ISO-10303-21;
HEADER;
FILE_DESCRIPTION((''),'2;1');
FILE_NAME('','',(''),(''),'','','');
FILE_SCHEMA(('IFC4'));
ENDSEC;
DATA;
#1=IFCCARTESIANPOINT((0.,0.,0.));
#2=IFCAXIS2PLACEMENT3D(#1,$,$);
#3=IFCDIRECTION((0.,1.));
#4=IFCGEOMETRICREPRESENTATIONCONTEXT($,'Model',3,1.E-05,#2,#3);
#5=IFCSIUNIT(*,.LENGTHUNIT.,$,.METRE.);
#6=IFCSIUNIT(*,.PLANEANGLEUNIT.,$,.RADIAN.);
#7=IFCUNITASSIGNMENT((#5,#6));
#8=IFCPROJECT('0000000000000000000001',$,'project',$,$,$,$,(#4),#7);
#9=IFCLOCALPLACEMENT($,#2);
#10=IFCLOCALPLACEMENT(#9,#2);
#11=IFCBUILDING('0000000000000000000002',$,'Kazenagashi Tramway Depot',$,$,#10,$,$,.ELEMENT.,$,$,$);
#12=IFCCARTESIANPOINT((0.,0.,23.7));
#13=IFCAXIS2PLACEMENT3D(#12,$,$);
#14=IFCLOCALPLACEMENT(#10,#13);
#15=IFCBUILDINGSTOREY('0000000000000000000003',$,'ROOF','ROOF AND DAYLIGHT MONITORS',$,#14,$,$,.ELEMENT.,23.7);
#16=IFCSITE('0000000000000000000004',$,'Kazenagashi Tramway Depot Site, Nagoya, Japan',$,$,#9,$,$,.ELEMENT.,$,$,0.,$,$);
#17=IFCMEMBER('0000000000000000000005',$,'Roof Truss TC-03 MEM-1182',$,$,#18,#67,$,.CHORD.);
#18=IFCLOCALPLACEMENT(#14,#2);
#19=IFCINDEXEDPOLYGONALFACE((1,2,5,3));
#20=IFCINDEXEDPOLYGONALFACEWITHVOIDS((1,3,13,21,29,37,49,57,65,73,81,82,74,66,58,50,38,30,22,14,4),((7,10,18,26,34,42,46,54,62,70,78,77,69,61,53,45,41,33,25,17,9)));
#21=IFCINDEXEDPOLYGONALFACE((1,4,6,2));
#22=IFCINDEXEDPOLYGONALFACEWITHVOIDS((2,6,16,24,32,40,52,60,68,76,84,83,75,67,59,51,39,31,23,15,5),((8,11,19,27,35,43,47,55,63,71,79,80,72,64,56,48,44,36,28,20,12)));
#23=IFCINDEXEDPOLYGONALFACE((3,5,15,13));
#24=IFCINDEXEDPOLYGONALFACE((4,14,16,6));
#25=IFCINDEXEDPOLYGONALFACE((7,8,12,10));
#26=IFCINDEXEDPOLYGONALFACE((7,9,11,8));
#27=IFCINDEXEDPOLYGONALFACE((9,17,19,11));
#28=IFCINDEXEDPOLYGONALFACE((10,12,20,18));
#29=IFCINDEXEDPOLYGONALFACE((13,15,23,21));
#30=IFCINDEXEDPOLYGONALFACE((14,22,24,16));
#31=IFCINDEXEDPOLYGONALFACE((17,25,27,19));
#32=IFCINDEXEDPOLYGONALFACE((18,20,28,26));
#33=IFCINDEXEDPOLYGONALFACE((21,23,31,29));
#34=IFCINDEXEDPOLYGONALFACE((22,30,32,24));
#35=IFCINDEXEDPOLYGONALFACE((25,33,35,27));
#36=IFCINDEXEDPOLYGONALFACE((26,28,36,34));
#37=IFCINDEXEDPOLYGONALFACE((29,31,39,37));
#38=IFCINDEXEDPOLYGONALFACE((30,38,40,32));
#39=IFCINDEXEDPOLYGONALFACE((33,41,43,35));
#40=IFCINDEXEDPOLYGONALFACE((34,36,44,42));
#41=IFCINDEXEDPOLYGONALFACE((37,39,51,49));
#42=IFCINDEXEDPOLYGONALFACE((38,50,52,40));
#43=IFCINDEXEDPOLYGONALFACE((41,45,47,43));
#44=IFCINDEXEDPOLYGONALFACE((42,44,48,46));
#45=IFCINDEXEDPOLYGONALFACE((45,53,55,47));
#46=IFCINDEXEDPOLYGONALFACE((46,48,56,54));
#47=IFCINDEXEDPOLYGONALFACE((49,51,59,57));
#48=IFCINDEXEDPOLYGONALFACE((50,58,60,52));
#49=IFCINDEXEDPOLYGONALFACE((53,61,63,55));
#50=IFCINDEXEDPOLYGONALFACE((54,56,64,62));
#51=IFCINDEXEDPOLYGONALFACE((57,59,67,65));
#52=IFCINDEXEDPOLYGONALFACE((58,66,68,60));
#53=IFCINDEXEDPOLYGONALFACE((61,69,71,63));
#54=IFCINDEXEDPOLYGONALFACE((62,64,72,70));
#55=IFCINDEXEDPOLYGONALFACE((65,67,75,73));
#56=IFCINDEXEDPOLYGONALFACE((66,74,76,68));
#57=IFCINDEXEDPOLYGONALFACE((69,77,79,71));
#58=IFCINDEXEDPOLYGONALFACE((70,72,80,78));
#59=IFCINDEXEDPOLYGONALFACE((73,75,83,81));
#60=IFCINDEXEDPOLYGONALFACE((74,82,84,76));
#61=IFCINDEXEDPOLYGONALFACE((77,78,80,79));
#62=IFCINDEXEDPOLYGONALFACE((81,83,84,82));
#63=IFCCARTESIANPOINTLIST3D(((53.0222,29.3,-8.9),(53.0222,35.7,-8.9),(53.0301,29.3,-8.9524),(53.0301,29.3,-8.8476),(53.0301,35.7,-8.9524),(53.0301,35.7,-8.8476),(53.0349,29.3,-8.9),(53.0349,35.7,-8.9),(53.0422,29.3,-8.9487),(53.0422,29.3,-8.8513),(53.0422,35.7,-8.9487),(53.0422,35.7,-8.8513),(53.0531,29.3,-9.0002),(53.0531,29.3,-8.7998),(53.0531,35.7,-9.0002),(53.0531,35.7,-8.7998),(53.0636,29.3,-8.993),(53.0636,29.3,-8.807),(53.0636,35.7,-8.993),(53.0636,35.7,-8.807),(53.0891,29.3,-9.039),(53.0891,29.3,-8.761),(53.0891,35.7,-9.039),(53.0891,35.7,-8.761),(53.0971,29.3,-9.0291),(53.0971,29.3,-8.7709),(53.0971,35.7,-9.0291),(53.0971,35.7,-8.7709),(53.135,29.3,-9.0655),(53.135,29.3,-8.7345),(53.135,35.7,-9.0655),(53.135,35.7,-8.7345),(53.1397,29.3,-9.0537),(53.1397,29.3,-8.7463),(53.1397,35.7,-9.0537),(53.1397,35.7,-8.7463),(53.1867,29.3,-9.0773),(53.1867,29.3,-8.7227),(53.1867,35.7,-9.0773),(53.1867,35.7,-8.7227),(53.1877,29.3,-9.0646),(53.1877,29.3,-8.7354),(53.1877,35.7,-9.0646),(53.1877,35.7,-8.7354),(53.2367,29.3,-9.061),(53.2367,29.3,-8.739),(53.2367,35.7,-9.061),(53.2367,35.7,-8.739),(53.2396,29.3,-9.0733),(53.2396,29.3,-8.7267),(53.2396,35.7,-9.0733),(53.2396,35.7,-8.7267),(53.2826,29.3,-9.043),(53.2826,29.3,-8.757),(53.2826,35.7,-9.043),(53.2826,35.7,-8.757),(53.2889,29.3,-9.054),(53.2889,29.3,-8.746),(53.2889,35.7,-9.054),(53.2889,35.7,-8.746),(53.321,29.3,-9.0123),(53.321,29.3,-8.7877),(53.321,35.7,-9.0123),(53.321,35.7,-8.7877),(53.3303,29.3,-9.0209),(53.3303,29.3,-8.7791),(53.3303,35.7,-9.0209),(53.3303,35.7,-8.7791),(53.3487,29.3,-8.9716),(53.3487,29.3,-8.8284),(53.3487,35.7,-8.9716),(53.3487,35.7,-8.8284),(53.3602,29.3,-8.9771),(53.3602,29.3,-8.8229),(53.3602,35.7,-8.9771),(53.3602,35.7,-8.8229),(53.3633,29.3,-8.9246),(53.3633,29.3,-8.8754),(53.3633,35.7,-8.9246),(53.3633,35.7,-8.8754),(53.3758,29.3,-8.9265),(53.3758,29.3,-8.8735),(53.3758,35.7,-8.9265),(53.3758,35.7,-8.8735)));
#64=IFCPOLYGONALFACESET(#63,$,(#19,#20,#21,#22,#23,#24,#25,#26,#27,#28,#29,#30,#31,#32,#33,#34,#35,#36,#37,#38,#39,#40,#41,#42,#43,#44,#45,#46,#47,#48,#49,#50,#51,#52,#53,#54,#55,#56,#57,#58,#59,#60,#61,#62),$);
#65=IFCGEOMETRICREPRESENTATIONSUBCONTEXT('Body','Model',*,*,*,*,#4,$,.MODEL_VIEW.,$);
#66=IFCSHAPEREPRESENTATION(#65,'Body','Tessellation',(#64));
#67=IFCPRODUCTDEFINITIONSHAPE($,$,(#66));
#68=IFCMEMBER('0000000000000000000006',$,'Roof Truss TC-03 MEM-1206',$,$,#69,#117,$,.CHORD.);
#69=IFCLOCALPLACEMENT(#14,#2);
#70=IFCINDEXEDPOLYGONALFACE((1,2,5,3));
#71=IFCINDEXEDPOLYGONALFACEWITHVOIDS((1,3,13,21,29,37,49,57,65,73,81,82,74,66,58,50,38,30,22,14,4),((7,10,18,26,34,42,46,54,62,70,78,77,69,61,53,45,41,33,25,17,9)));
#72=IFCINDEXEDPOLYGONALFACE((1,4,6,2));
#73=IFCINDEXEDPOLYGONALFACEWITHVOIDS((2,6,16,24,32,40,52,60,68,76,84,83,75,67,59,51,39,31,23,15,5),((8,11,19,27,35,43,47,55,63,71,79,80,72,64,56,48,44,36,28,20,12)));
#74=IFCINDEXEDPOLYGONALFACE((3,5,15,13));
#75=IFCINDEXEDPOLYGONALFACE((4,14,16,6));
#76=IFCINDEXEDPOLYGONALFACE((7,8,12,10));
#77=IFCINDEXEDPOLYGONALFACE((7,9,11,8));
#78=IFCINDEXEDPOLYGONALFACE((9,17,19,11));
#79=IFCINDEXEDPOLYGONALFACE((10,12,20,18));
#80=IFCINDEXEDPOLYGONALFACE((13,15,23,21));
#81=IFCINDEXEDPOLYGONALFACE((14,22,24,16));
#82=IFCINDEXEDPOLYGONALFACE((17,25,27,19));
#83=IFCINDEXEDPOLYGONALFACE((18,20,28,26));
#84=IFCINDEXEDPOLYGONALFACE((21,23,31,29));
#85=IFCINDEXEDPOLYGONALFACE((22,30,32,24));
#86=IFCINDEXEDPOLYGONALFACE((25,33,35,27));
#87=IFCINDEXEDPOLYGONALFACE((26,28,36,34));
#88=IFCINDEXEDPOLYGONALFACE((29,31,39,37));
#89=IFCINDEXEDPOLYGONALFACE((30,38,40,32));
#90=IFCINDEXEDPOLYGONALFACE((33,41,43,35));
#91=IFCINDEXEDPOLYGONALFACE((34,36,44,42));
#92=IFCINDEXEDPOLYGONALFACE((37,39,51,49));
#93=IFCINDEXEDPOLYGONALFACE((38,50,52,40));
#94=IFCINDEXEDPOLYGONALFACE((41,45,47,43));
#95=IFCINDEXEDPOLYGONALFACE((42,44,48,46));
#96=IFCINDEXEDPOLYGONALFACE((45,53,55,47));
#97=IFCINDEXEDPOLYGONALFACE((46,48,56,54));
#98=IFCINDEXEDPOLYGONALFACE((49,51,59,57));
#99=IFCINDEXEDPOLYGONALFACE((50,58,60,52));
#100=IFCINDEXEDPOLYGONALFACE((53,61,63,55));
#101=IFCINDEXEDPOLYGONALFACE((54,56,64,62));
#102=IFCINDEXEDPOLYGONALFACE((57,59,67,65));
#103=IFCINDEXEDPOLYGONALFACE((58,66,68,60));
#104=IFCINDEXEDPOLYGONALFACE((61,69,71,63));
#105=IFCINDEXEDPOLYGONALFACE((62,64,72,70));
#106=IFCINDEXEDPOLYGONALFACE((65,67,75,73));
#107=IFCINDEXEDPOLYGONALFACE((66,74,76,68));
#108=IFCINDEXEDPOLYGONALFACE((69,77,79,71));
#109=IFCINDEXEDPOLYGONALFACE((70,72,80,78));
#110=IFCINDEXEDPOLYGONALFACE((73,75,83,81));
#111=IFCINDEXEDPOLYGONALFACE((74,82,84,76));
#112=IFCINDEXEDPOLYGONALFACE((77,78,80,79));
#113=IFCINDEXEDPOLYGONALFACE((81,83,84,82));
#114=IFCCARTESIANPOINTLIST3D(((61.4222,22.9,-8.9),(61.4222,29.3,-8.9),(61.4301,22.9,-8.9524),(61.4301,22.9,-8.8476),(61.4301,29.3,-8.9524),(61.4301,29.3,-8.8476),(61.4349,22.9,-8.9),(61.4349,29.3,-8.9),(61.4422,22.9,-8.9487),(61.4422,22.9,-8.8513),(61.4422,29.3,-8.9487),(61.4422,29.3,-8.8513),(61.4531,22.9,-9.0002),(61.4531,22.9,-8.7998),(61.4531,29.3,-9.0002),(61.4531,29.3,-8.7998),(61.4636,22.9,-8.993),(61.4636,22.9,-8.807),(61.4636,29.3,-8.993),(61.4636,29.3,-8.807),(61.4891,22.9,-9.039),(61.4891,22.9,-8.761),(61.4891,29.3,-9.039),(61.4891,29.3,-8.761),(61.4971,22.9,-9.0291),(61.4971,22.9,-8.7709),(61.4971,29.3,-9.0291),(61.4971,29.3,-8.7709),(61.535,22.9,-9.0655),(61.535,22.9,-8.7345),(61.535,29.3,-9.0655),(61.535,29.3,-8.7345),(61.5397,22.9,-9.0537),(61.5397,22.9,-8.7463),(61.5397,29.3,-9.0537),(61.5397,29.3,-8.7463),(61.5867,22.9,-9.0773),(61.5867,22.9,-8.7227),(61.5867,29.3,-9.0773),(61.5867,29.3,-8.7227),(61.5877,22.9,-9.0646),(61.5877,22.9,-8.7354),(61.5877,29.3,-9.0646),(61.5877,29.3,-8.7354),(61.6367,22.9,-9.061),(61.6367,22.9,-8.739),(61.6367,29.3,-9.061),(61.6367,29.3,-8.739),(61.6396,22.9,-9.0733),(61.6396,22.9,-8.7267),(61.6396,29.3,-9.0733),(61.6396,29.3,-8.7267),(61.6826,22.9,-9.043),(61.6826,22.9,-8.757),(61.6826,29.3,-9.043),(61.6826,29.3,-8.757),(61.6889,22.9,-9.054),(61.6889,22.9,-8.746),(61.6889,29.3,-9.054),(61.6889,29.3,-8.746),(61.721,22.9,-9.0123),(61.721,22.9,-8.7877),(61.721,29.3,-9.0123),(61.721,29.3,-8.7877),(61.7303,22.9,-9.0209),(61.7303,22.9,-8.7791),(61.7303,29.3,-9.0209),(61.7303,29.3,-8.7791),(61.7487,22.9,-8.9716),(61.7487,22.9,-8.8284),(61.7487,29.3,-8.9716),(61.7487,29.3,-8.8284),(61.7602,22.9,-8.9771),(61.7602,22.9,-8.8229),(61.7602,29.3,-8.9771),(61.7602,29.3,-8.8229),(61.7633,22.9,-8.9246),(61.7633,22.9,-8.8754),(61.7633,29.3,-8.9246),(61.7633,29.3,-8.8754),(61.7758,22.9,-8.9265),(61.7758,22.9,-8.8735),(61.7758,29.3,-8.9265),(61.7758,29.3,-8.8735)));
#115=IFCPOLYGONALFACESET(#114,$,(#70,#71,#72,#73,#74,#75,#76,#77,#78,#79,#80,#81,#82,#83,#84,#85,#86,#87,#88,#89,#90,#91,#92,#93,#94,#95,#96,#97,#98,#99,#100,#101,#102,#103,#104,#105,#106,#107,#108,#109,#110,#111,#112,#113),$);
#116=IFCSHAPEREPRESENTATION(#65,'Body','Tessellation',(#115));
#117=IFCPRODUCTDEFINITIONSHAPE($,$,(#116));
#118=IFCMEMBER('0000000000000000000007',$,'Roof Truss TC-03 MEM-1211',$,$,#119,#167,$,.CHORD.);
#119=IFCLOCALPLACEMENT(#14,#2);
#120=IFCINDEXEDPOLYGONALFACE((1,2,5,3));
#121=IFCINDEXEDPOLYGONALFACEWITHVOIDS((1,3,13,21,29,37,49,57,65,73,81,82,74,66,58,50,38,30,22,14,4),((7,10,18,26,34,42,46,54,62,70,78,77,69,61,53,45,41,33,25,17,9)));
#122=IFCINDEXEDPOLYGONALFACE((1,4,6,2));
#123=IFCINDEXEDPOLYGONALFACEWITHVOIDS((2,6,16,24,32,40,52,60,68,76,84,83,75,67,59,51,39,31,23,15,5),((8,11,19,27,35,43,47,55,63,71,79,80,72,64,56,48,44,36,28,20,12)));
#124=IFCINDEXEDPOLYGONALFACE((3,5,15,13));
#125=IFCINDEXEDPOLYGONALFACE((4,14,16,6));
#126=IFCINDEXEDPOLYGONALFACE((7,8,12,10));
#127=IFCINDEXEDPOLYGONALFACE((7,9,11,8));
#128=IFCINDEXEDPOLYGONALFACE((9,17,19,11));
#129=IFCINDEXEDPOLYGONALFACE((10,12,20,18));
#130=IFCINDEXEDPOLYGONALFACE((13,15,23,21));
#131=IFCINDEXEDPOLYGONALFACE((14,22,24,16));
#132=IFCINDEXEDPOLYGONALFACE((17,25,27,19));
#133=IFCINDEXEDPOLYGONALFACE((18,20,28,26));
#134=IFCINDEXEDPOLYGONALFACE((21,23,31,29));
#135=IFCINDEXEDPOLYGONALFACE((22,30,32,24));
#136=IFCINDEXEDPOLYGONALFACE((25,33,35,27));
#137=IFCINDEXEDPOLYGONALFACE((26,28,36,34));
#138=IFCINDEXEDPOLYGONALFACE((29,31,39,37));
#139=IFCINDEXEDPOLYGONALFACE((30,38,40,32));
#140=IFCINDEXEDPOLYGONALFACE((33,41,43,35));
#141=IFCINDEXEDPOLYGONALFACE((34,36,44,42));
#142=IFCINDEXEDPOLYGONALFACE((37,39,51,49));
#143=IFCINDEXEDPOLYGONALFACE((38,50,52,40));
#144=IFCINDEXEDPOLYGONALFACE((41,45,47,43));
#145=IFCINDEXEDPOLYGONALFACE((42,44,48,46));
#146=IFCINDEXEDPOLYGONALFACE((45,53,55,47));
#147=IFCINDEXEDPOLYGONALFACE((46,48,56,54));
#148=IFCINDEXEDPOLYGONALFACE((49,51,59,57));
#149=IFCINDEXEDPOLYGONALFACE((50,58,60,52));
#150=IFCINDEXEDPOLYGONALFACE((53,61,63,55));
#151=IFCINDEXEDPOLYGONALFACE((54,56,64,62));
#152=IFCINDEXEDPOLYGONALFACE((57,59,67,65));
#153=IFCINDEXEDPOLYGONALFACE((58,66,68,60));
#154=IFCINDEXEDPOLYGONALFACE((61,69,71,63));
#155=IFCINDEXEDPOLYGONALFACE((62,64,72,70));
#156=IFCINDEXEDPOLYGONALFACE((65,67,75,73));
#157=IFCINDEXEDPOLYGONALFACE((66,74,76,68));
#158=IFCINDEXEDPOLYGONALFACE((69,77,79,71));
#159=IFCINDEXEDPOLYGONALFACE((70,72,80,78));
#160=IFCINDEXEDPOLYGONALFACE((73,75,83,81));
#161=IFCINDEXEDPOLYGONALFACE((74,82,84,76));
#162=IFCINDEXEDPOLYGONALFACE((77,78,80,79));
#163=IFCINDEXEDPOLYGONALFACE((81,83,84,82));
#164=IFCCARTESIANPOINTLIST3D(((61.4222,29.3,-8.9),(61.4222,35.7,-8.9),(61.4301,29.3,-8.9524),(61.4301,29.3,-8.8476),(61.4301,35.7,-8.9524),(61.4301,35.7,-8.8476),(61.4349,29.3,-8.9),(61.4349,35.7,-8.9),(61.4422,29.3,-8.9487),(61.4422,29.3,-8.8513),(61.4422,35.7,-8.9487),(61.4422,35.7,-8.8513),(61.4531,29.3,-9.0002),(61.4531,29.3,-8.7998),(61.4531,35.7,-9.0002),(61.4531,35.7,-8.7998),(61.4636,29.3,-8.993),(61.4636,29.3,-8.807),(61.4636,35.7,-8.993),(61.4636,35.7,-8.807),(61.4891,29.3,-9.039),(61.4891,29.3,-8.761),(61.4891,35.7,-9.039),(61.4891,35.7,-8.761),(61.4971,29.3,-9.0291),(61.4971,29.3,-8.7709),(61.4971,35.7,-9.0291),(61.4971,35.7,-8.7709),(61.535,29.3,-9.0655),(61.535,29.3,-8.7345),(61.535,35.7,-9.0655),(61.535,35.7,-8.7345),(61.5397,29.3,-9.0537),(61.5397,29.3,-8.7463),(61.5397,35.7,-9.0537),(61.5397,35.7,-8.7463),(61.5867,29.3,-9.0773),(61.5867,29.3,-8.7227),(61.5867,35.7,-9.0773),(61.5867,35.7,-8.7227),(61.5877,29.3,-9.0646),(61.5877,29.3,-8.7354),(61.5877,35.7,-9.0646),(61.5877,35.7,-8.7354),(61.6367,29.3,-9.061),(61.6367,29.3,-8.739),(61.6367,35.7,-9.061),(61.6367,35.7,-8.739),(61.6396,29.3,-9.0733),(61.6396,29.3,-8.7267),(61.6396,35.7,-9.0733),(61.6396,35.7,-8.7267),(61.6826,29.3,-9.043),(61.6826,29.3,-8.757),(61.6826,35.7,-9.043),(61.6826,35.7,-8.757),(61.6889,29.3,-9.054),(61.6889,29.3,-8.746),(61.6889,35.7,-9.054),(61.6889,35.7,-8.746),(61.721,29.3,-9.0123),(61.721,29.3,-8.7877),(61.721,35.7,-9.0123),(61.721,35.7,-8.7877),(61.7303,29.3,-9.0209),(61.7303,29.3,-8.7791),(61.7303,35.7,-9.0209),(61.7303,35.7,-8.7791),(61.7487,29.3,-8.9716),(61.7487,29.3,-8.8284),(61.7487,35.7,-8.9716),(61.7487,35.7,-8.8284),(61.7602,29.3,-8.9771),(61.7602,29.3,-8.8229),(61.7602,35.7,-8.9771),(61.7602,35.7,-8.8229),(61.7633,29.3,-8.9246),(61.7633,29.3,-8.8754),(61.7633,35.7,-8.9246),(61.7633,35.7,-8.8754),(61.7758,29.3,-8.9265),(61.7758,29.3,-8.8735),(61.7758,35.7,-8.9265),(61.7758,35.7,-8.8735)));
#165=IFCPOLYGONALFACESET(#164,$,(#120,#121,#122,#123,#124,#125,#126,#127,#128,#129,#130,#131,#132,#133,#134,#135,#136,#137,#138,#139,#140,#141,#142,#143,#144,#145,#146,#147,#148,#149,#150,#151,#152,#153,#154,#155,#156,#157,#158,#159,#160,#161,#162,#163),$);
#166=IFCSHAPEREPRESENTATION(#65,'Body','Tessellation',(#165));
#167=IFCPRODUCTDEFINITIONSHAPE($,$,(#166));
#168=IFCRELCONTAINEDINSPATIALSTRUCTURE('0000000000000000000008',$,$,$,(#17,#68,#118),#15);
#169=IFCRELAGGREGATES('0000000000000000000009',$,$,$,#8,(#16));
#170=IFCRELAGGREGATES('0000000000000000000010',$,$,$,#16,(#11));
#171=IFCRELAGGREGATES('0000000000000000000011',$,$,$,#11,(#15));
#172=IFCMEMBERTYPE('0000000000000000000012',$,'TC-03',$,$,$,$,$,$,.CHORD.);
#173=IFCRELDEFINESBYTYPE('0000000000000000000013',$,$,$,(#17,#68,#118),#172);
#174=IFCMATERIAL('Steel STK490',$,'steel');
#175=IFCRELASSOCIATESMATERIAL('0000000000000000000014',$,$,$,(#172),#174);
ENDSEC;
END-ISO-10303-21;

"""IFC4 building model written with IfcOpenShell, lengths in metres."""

from ifc_helpers import new_model, si_unit, direction, frame, origin, origin_2d, place, context, subcontext, project, spatial, hollow_circle, extrude, material, material_profile, profile_set, type_object, element, save


model = new_model("IFC4")

# Units and contexts
model_context = context("Model", 3, precision=1e-05, world=origin(), true_north=direction((0.0, 1.0)))
body_context = subcontext(model_context, "Body", "Model", "MODEL_VIEW")
ifc_project = project(units=[si_unit("LENGTHUNIT", "METRE"), si_unit("PLANEANGLEUNIT", "RADIAN")], contexts=[model_context])

# Site, building, storey
site_placement = place(None, origin())
site = spatial("IfcSite", under=ifc_project, at=site_placement, Name="Kazenagashi Tramway Depot Site, Nagoya, Japan", CompositionType="ELEMENT", RefElevation=0.0)
building_placement = place(site_placement, origin())
building = spatial("IfcBuilding", under=site, at=building_placement, Name="Kazenagashi Tramway Depot", CompositionType="ELEMENT")
storey_placement = place(building_placement, frame((0.0, 0.0, 23.7)))
storey = spatial("IfcBuildingStorey", under=building, at=storey_placement, Name="ROOF", Description="ROOF AND DAYLIGHT MONITORS", CompositionType="ELEMENT", Elevation=23.7)

# Members
ifc_material_1 = material(Name="Steel STK490", Category="steel")
ifc_material_profile_1 = material_profile(ifc_material_1, hollow_circle(Radius=0.1778, WallThickness=0.0127, at=origin_2d()), Name="CHS-355.6x12.7")
ifc_profile_set_1 = profile_set([ifc_material_profile_1], Name="Steel STK490")
member_type_1 = type_object("IfcMemberType", Name="TC-03", PredefinedType="CHORD", material=ifc_profile_set_1)
for number, where, z_axis, x_axis, name in (
    (1, (53.2, 29.3, -8.9), (0.0, 1.0, 0.0), (-1.0, 0.0, 0.0), "Roof Truss TC-03 MEM-1182"),
    (2, (61.6, 22.9, -8.9), (0.0, 1.0, 0.0), (-1.0, 0.0, 0.0), "Roof Truss TC-03 MEM-1206"),
    (3, (61.6, 29.3, -8.9), (0.0, 1.0, 0.0), (-1.0, 0.0, 0.0), "Roof Truss TC-03 MEM-1211"),
):
    element("IfcMember", number, at=place(storey_placement, frame(where, z_axis=z_axis, x_axis=x_axis)), inside=storey, type_object=member_type_1, Name=name, PredefinedType="CHORD", context=body_context, shape_type="SweptSolid", body=[
        extrude(hollow_circle(Radius=0.1778, WallThickness=0.0127, at=origin_2d()), origin(), (0.0, 0.0, 1.0), 6.4),
    ])

save(model, "model.ifc")
